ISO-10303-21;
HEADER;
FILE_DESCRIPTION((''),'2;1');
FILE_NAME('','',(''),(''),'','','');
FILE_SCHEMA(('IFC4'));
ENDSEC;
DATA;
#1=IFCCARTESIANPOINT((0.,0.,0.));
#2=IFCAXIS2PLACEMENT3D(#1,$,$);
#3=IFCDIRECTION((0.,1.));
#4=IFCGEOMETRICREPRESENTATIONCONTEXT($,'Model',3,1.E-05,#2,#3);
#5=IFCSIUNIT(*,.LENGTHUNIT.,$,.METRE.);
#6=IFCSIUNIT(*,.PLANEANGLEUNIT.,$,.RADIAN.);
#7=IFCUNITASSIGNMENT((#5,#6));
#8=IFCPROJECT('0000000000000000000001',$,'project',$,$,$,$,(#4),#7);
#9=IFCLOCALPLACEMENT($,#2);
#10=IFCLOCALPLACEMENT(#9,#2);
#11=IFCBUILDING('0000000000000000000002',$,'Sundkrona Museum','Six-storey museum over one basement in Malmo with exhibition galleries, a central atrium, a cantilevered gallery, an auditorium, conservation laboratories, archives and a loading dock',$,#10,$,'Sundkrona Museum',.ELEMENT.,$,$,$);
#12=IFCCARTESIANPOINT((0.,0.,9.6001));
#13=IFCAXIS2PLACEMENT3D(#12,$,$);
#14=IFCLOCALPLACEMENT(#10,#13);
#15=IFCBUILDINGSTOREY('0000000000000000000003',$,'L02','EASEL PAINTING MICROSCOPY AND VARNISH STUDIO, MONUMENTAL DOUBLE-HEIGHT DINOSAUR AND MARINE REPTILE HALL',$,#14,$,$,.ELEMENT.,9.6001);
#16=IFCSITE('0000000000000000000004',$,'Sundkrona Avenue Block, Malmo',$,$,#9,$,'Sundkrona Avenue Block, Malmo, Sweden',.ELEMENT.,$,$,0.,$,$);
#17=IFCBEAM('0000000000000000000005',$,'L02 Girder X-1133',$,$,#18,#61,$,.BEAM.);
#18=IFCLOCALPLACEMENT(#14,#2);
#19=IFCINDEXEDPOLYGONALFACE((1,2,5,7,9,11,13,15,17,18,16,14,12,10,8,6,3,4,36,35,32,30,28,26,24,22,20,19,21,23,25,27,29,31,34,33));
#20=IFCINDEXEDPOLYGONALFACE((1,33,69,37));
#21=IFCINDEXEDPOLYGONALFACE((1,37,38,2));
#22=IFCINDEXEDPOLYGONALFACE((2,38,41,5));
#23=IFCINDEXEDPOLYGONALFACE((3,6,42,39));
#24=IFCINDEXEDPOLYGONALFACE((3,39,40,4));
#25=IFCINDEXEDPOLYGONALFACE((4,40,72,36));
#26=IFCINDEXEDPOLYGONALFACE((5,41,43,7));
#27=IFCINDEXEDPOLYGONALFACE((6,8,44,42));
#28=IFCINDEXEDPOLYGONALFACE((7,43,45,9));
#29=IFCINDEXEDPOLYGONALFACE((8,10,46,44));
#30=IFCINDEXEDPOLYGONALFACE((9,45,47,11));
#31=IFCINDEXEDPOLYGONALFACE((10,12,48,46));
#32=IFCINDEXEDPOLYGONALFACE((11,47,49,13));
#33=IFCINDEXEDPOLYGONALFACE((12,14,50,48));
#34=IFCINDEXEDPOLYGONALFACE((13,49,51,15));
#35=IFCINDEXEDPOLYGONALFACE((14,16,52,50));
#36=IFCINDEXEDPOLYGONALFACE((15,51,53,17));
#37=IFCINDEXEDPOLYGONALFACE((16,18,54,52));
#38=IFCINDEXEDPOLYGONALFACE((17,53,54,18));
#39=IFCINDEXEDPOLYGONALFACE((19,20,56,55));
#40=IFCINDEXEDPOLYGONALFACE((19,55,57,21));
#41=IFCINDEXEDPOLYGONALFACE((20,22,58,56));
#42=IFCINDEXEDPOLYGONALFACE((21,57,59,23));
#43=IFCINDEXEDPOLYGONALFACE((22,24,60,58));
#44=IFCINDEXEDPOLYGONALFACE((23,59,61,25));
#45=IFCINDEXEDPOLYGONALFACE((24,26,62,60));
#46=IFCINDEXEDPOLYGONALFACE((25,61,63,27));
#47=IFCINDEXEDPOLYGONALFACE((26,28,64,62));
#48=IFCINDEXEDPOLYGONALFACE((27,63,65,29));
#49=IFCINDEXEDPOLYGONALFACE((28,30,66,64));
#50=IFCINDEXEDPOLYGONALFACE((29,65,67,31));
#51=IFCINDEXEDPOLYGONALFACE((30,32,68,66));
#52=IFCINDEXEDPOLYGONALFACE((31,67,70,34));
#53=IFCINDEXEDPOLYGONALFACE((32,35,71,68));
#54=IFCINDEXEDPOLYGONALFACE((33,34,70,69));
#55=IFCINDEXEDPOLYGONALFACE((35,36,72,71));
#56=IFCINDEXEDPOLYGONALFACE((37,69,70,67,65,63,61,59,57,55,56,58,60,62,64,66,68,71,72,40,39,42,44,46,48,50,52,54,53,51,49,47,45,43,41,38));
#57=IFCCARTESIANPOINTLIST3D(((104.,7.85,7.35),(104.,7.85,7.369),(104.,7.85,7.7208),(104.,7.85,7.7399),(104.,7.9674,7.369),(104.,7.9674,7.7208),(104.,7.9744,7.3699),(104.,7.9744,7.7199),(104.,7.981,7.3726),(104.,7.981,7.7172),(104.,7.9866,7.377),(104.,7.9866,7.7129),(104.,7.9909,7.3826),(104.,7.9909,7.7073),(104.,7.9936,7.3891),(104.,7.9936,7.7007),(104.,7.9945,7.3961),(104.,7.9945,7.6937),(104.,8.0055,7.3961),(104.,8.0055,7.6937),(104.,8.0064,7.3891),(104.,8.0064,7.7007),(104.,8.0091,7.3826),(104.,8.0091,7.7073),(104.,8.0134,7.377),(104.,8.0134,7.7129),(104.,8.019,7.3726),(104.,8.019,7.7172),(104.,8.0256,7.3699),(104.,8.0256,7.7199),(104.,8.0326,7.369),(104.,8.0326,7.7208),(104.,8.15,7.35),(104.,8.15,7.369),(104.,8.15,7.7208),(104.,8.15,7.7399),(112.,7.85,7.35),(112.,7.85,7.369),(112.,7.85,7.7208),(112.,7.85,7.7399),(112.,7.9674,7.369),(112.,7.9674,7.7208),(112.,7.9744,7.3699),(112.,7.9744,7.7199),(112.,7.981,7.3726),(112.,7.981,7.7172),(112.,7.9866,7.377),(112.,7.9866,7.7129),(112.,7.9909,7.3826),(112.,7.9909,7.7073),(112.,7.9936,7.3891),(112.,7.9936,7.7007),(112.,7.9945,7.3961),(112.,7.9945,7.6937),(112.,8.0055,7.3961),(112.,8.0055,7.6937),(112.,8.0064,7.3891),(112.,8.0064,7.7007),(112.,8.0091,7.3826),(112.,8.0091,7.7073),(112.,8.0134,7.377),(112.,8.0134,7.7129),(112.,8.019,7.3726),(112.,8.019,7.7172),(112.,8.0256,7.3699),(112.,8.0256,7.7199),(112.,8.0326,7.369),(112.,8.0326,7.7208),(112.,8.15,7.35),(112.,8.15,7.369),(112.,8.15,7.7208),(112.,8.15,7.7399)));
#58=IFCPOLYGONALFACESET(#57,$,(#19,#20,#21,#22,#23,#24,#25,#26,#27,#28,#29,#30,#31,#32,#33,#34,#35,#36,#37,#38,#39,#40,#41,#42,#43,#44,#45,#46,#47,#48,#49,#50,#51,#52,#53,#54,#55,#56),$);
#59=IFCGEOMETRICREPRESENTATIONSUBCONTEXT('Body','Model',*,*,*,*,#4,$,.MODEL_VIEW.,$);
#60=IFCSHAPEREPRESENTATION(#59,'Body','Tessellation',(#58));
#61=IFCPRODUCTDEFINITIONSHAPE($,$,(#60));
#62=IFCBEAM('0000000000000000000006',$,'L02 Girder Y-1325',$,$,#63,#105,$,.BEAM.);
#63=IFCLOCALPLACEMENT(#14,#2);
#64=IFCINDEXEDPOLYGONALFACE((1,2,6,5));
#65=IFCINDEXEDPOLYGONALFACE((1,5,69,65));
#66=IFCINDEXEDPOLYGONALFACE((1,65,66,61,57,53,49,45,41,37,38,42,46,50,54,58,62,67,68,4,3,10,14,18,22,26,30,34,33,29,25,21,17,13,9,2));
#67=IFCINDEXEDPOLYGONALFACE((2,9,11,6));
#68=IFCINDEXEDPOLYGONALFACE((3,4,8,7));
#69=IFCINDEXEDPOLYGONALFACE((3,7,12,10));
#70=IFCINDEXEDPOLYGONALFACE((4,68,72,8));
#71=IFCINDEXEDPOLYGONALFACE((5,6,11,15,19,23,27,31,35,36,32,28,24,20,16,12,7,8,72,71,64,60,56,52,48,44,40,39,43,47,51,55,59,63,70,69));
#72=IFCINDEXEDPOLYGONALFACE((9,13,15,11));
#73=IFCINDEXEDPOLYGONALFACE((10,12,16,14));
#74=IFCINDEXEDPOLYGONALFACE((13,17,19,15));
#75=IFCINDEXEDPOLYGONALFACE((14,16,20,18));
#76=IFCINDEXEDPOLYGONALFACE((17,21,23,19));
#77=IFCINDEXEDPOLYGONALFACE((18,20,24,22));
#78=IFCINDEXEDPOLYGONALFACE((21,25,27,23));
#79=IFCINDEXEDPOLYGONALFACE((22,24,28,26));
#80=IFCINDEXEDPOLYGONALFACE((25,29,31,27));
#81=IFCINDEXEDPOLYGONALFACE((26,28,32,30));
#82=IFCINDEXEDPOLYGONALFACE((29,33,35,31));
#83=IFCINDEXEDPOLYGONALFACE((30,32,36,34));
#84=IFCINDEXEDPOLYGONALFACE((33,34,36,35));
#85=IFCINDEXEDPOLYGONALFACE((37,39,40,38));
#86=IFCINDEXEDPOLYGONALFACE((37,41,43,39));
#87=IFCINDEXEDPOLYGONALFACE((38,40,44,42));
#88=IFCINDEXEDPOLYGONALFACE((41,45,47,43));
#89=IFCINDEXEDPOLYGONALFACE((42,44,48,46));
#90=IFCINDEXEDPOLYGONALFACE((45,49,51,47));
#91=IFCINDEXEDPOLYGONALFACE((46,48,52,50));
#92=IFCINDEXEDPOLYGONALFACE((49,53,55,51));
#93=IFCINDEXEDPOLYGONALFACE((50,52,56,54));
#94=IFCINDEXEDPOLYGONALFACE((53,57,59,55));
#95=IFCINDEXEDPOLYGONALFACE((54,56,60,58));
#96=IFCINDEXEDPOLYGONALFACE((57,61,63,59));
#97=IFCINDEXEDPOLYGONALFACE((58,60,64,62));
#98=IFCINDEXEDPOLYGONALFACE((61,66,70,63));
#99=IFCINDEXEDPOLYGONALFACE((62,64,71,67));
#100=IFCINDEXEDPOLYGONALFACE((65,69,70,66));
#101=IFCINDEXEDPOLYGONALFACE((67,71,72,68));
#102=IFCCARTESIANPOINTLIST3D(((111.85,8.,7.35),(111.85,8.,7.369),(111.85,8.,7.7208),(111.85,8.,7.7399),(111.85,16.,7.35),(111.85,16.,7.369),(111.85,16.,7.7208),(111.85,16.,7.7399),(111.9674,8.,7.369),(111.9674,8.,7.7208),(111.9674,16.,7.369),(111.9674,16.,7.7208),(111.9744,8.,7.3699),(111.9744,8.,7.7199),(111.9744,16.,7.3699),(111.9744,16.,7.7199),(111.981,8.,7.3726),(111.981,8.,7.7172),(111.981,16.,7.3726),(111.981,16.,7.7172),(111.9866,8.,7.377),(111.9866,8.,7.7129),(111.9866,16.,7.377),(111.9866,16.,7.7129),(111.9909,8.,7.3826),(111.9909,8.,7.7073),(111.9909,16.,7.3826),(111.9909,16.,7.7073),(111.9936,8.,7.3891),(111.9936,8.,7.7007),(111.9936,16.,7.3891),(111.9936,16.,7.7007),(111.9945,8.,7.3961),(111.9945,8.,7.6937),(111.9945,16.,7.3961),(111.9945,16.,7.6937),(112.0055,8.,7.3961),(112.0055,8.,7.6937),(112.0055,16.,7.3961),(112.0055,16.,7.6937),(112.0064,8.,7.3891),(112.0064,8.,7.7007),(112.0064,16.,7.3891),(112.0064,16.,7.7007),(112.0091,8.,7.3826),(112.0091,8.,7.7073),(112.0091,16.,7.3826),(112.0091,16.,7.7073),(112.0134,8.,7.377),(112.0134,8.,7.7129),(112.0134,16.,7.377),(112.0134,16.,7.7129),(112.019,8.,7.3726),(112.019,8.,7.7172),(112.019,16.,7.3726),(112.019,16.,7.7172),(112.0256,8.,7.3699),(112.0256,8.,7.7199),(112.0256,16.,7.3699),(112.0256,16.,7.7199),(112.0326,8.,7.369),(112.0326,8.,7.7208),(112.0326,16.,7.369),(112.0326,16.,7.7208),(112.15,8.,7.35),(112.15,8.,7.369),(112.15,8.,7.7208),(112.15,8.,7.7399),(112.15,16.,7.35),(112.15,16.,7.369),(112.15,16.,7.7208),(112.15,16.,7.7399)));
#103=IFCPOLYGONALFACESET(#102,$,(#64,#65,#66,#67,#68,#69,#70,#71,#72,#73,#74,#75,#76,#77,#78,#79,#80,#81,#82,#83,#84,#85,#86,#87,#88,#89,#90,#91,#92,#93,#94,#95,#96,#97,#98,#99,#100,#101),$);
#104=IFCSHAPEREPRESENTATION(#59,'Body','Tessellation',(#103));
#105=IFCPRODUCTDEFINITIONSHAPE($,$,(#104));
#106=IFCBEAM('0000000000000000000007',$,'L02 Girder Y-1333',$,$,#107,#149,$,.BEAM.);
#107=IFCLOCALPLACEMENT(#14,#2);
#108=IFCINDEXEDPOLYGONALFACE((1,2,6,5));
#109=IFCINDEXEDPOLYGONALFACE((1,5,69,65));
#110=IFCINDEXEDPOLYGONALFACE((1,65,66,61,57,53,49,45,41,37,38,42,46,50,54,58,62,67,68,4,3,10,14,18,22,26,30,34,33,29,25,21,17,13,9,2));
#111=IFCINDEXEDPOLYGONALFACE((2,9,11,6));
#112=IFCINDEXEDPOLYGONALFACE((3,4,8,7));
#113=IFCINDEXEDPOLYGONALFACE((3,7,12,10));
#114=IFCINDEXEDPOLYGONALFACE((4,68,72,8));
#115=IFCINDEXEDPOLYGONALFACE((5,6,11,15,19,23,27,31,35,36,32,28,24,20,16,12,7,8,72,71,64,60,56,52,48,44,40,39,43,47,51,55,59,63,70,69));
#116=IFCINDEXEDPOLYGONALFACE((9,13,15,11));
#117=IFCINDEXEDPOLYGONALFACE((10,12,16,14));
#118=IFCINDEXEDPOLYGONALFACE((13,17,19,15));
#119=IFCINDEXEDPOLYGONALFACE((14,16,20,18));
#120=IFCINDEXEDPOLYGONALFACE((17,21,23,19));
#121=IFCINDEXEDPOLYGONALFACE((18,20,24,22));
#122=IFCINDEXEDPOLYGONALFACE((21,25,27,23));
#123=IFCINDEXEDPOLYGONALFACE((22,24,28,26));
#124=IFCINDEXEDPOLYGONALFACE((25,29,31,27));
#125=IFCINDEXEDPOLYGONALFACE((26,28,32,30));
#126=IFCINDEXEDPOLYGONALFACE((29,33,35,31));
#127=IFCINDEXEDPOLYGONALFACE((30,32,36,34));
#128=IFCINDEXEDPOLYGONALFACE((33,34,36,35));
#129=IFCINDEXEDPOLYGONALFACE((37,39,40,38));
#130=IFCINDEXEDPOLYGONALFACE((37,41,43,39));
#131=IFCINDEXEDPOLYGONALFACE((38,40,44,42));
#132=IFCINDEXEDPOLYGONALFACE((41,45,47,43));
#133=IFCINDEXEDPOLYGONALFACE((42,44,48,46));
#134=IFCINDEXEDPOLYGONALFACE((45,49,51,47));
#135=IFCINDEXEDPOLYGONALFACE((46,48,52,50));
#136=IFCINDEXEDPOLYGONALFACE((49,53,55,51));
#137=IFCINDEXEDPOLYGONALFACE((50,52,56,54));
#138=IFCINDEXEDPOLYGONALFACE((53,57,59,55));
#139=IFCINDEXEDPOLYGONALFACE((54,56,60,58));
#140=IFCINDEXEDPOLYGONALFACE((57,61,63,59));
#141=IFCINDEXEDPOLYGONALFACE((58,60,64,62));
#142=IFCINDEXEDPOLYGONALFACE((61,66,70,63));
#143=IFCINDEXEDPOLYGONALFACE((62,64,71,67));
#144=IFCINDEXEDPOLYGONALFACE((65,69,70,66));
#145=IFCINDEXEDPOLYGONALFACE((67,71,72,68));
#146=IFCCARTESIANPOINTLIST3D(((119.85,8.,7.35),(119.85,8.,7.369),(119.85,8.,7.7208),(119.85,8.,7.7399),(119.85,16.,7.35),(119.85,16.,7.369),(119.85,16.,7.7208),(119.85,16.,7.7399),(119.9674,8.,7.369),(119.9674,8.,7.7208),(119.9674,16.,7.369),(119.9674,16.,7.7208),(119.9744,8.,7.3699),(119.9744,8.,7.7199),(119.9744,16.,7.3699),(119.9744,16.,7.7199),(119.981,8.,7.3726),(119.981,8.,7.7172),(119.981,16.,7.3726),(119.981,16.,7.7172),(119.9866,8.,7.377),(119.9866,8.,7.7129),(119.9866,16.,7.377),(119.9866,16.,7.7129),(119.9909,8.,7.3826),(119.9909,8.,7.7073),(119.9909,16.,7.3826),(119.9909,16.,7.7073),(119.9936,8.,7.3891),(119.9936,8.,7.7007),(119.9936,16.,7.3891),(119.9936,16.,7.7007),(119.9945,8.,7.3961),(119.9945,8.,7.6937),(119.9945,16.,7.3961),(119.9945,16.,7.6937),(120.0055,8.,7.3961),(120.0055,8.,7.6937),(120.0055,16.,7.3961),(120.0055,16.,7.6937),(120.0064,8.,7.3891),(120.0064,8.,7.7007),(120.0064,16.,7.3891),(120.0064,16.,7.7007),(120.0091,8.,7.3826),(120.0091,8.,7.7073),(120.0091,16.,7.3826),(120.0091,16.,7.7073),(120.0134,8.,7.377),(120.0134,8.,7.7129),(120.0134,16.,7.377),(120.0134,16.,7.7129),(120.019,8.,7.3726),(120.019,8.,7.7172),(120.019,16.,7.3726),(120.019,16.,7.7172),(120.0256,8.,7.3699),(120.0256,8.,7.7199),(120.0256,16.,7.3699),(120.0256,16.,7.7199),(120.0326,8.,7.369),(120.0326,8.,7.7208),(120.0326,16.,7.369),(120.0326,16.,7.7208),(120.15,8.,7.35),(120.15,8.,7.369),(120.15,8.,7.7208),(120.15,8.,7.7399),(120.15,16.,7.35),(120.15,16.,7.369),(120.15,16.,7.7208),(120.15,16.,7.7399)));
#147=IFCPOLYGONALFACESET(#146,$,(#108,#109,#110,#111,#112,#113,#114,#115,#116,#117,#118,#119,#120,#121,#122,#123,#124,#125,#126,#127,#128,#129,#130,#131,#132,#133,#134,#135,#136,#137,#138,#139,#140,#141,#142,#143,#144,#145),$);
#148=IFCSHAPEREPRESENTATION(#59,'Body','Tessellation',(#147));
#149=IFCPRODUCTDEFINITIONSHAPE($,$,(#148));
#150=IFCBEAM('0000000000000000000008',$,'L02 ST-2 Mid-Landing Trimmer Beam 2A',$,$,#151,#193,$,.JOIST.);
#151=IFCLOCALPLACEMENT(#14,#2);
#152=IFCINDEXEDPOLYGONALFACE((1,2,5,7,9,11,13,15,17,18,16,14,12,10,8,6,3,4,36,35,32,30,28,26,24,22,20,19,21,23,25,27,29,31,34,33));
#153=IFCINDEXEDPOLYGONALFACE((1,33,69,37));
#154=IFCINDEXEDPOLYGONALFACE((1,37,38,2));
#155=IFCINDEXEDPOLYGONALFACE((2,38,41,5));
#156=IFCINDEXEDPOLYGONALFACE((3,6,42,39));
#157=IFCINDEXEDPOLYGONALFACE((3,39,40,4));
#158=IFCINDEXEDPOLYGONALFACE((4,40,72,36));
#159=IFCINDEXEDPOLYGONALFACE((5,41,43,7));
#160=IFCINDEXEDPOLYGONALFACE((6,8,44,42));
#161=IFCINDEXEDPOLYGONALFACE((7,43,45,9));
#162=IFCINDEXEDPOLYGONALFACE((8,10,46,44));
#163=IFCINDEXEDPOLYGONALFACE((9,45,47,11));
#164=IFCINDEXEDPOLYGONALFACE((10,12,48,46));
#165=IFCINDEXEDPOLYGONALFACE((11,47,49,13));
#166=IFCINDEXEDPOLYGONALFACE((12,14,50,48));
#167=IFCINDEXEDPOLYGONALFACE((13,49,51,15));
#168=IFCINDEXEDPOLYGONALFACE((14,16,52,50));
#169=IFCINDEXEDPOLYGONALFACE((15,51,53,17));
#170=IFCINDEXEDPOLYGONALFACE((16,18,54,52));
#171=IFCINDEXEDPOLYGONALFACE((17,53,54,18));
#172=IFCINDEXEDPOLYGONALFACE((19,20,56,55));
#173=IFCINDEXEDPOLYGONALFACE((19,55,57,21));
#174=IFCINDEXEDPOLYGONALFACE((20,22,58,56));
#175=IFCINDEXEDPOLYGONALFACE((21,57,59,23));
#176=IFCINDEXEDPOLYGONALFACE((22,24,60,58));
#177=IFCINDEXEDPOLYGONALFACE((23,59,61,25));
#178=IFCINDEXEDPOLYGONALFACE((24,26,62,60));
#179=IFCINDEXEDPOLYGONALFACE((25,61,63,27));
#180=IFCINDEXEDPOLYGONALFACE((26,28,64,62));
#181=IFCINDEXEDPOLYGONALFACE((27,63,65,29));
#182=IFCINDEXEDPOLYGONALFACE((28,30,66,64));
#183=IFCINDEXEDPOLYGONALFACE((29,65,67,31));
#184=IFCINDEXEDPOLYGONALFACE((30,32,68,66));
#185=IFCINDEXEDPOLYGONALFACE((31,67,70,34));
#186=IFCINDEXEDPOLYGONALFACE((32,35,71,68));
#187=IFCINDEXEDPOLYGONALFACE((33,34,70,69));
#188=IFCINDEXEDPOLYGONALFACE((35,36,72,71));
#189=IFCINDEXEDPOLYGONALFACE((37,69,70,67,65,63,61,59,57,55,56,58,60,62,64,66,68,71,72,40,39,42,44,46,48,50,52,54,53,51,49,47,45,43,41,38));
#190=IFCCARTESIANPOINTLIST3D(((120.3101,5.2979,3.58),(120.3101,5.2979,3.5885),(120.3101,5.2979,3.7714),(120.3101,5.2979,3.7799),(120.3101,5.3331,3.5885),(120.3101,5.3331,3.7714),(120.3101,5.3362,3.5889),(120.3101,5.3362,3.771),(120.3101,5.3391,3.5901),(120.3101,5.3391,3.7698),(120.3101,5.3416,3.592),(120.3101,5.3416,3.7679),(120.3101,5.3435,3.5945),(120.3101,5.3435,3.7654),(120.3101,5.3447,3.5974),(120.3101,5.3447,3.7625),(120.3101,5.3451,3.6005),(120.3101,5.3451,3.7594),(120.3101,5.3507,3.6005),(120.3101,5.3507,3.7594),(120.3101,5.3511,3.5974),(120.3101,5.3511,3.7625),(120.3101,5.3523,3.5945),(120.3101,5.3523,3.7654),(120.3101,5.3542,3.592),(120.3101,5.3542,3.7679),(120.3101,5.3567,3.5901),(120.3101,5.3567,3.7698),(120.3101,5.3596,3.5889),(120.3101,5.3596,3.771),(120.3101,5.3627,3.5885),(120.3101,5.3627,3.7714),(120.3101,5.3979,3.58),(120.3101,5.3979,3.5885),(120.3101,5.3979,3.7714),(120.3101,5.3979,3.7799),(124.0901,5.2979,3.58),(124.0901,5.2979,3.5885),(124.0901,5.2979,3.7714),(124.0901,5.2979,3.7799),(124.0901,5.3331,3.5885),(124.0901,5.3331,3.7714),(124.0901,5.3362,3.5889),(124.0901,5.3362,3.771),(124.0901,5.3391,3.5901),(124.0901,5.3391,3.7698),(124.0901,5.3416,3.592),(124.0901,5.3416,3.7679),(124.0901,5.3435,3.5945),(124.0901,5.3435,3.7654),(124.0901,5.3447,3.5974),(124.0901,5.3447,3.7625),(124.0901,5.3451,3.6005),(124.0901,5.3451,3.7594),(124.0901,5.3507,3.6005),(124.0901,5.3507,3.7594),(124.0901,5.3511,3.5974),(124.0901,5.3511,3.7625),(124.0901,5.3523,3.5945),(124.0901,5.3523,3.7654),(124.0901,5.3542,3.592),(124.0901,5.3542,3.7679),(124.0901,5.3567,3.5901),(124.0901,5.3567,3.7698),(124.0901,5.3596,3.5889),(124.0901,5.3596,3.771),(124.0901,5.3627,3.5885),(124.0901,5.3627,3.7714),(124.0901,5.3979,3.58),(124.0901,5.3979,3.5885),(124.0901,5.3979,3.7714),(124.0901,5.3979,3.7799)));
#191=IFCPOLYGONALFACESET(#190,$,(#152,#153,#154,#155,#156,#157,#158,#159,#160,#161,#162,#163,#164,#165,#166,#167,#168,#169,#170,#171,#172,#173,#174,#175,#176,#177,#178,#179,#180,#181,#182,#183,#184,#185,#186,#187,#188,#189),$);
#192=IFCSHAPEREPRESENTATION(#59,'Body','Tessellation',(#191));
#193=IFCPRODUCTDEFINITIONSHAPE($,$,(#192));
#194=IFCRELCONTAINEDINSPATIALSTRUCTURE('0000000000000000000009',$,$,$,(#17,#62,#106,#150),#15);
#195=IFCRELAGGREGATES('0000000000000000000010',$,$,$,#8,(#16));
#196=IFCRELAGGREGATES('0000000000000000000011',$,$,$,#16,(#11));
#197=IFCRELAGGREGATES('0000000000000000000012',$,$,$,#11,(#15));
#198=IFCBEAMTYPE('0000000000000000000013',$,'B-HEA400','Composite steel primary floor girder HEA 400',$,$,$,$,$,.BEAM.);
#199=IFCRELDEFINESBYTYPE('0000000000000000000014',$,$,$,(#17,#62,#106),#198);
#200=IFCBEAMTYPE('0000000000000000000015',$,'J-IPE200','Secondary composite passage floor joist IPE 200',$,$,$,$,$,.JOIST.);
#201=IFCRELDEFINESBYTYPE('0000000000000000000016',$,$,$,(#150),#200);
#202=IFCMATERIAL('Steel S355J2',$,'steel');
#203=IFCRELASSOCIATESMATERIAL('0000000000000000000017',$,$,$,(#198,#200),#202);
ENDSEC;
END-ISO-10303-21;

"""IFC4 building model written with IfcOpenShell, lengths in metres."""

from ifc_helpers import new_model, si_unit, direction, frame, origin, origin_2d, place, context, subcontext, project, spatial, i_section, extrude, material, material_profile, profile_set, type_object, element, save


model = new_model("IFC4")

# Units and contexts
model_context = context("Model", 3, precision=1e-05, world=origin(), true_north=direction((0.0, 1.0)))
body_context = subcontext(model_context, "Body", "Model", "MODEL_VIEW")
ifc_project = project(units=[si_unit("LENGTHUNIT", "METRE"), si_unit("PLANEANGLEUNIT", "RADIAN")], contexts=[model_context])

# Site, building, storey
site_placement = place(None, origin())
site = spatial("IfcSite", under=ifc_project, at=site_placement, Name="Sundkrona Avenue Block, Malmo", LongName="Sundkrona Avenue Block, Malmo, Sweden", CompositionType="ELEMENT", RefElevation=0.0)
building_placement = place(site_placement, origin())
building = spatial("IfcBuilding", under=site, at=building_placement, Name="Sundkrona Museum", Description="Six-storey museum over one basement in Malmo with exhibition galleries, a central atrium, a cantilevered gallery, an auditorium, conservation laboratories, archives and a loading dock", LongName="Sundkrona Museum", CompositionType="ELEMENT")
storey_placement = place(building_placement, frame((0.0, 0.0, 9.6001)))
storey = spatial("IfcBuildingStorey", under=building, at=storey_placement, Name="L02", Description="EASEL PAINTING MICROSCOPY AND VARNISH STUDIO, MONUMENTAL DOUBLE-HEIGHT DINOSAUR AND MARINE REPTILE HALL", CompositionType="ELEMENT", Elevation=9.6001)

# Shared definitions
ifc_material_1 = material(Name="Steel S355J2", Category="steel")

# Beams
ifc_material_profile_1 = material_profile(ifc_material_1, i_section(OverallWidth=0.3, OverallDepth=0.3899, WebThickness=0.011, FlangeThickness=0.019, FilletRadius=0.0271, at=origin_2d()), Name="HEA 400")
ifc_profile_set_1 = profile_set([ifc_material_profile_1], Name="Steel S355J2")
beam_type_1 = type_object("IfcBeamType", Name="B-HEA400", Description="Composite steel primary floor girder HEA 400", PredefinedType="BEAM", material=ifc_profile_set_1)
for number, where, z_axis, x_axis, name in (
    (1, (104.0, 8.0, 7.5449), (1.0, 0.0, 0.0), (0.0, 1.0, 0.0), "L02 Girder X-1133"),
    (2, (112.0, 8.0, 7.5449), (0.0, 1.0, 0.0), (-1.0, 0.0, 0.0), "L02 Girder Y-1325"),
    (3, (120.0, 8.0, 7.5449), (0.0, 1.0, 0.0), (-1.0, 0.0, 0.0), "L02 Girder Y-1333"),
):
    element("IfcBeam", number, at=place(storey_placement, frame(where, z_axis=z_axis, x_axis=x_axis)), inside=storey, type_object=beam_type_1, Name=name, PredefinedType="BEAM", context=body_context, shape_type="SweptSolid", body=[
        extrude(i_section(OverallWidth=0.3, OverallDepth=0.3899, WebThickness=0.011, FlangeThickness=0.019, FilletRadius=0.0271, at=origin_2d()), origin(), (0.0, 0.0, 1.0), 8.0),
    ])
ifc_material_profile_2 = material_profile(ifc_material_1, i_section(OverallWidth=0.1001, OverallDepth=0.2, WebThickness=0.0056, FlangeThickness=0.0085, FilletRadius=0.012, at=origin_2d()), Name="IPE 200")
ifc_profile_set_2 = profile_set([ifc_material_profile_2], Name="Steel S355J2")
beam_type_2 = type_object("IfcBeamType", Name="J-IPE200", Description="Secondary composite passage floor joist IPE 200", PredefinedType="JOIST", material=ifc_profile_set_2)
for number, where, z_axis, x_axis, name in (
    (4, (120.3101, 5.3479, 3.6799), (1.0, 0.0, 0.0), (0.0, 1.0, 0.0), "L02 ST-2 Mid-Landing Trimmer Beam 2A"),
):
    element("IfcBeam", number, at=place(storey_placement, frame(where, z_axis=z_axis, x_axis=x_axis)), inside=storey, type_object=beam_type_2, Name=name, PredefinedType="JOIST", context=body_context, shape_type="SweptSolid", body=[
        extrude(i_section(OverallWidth=0.1001, OverallDepth=0.2, WebThickness=0.0056, FlangeThickness=0.0085, FilletRadius=0.012, at=origin_2d()), origin(), (0.0, 0.0, 1.0), 3.78),
    ])

save(model, "model.ifc")
